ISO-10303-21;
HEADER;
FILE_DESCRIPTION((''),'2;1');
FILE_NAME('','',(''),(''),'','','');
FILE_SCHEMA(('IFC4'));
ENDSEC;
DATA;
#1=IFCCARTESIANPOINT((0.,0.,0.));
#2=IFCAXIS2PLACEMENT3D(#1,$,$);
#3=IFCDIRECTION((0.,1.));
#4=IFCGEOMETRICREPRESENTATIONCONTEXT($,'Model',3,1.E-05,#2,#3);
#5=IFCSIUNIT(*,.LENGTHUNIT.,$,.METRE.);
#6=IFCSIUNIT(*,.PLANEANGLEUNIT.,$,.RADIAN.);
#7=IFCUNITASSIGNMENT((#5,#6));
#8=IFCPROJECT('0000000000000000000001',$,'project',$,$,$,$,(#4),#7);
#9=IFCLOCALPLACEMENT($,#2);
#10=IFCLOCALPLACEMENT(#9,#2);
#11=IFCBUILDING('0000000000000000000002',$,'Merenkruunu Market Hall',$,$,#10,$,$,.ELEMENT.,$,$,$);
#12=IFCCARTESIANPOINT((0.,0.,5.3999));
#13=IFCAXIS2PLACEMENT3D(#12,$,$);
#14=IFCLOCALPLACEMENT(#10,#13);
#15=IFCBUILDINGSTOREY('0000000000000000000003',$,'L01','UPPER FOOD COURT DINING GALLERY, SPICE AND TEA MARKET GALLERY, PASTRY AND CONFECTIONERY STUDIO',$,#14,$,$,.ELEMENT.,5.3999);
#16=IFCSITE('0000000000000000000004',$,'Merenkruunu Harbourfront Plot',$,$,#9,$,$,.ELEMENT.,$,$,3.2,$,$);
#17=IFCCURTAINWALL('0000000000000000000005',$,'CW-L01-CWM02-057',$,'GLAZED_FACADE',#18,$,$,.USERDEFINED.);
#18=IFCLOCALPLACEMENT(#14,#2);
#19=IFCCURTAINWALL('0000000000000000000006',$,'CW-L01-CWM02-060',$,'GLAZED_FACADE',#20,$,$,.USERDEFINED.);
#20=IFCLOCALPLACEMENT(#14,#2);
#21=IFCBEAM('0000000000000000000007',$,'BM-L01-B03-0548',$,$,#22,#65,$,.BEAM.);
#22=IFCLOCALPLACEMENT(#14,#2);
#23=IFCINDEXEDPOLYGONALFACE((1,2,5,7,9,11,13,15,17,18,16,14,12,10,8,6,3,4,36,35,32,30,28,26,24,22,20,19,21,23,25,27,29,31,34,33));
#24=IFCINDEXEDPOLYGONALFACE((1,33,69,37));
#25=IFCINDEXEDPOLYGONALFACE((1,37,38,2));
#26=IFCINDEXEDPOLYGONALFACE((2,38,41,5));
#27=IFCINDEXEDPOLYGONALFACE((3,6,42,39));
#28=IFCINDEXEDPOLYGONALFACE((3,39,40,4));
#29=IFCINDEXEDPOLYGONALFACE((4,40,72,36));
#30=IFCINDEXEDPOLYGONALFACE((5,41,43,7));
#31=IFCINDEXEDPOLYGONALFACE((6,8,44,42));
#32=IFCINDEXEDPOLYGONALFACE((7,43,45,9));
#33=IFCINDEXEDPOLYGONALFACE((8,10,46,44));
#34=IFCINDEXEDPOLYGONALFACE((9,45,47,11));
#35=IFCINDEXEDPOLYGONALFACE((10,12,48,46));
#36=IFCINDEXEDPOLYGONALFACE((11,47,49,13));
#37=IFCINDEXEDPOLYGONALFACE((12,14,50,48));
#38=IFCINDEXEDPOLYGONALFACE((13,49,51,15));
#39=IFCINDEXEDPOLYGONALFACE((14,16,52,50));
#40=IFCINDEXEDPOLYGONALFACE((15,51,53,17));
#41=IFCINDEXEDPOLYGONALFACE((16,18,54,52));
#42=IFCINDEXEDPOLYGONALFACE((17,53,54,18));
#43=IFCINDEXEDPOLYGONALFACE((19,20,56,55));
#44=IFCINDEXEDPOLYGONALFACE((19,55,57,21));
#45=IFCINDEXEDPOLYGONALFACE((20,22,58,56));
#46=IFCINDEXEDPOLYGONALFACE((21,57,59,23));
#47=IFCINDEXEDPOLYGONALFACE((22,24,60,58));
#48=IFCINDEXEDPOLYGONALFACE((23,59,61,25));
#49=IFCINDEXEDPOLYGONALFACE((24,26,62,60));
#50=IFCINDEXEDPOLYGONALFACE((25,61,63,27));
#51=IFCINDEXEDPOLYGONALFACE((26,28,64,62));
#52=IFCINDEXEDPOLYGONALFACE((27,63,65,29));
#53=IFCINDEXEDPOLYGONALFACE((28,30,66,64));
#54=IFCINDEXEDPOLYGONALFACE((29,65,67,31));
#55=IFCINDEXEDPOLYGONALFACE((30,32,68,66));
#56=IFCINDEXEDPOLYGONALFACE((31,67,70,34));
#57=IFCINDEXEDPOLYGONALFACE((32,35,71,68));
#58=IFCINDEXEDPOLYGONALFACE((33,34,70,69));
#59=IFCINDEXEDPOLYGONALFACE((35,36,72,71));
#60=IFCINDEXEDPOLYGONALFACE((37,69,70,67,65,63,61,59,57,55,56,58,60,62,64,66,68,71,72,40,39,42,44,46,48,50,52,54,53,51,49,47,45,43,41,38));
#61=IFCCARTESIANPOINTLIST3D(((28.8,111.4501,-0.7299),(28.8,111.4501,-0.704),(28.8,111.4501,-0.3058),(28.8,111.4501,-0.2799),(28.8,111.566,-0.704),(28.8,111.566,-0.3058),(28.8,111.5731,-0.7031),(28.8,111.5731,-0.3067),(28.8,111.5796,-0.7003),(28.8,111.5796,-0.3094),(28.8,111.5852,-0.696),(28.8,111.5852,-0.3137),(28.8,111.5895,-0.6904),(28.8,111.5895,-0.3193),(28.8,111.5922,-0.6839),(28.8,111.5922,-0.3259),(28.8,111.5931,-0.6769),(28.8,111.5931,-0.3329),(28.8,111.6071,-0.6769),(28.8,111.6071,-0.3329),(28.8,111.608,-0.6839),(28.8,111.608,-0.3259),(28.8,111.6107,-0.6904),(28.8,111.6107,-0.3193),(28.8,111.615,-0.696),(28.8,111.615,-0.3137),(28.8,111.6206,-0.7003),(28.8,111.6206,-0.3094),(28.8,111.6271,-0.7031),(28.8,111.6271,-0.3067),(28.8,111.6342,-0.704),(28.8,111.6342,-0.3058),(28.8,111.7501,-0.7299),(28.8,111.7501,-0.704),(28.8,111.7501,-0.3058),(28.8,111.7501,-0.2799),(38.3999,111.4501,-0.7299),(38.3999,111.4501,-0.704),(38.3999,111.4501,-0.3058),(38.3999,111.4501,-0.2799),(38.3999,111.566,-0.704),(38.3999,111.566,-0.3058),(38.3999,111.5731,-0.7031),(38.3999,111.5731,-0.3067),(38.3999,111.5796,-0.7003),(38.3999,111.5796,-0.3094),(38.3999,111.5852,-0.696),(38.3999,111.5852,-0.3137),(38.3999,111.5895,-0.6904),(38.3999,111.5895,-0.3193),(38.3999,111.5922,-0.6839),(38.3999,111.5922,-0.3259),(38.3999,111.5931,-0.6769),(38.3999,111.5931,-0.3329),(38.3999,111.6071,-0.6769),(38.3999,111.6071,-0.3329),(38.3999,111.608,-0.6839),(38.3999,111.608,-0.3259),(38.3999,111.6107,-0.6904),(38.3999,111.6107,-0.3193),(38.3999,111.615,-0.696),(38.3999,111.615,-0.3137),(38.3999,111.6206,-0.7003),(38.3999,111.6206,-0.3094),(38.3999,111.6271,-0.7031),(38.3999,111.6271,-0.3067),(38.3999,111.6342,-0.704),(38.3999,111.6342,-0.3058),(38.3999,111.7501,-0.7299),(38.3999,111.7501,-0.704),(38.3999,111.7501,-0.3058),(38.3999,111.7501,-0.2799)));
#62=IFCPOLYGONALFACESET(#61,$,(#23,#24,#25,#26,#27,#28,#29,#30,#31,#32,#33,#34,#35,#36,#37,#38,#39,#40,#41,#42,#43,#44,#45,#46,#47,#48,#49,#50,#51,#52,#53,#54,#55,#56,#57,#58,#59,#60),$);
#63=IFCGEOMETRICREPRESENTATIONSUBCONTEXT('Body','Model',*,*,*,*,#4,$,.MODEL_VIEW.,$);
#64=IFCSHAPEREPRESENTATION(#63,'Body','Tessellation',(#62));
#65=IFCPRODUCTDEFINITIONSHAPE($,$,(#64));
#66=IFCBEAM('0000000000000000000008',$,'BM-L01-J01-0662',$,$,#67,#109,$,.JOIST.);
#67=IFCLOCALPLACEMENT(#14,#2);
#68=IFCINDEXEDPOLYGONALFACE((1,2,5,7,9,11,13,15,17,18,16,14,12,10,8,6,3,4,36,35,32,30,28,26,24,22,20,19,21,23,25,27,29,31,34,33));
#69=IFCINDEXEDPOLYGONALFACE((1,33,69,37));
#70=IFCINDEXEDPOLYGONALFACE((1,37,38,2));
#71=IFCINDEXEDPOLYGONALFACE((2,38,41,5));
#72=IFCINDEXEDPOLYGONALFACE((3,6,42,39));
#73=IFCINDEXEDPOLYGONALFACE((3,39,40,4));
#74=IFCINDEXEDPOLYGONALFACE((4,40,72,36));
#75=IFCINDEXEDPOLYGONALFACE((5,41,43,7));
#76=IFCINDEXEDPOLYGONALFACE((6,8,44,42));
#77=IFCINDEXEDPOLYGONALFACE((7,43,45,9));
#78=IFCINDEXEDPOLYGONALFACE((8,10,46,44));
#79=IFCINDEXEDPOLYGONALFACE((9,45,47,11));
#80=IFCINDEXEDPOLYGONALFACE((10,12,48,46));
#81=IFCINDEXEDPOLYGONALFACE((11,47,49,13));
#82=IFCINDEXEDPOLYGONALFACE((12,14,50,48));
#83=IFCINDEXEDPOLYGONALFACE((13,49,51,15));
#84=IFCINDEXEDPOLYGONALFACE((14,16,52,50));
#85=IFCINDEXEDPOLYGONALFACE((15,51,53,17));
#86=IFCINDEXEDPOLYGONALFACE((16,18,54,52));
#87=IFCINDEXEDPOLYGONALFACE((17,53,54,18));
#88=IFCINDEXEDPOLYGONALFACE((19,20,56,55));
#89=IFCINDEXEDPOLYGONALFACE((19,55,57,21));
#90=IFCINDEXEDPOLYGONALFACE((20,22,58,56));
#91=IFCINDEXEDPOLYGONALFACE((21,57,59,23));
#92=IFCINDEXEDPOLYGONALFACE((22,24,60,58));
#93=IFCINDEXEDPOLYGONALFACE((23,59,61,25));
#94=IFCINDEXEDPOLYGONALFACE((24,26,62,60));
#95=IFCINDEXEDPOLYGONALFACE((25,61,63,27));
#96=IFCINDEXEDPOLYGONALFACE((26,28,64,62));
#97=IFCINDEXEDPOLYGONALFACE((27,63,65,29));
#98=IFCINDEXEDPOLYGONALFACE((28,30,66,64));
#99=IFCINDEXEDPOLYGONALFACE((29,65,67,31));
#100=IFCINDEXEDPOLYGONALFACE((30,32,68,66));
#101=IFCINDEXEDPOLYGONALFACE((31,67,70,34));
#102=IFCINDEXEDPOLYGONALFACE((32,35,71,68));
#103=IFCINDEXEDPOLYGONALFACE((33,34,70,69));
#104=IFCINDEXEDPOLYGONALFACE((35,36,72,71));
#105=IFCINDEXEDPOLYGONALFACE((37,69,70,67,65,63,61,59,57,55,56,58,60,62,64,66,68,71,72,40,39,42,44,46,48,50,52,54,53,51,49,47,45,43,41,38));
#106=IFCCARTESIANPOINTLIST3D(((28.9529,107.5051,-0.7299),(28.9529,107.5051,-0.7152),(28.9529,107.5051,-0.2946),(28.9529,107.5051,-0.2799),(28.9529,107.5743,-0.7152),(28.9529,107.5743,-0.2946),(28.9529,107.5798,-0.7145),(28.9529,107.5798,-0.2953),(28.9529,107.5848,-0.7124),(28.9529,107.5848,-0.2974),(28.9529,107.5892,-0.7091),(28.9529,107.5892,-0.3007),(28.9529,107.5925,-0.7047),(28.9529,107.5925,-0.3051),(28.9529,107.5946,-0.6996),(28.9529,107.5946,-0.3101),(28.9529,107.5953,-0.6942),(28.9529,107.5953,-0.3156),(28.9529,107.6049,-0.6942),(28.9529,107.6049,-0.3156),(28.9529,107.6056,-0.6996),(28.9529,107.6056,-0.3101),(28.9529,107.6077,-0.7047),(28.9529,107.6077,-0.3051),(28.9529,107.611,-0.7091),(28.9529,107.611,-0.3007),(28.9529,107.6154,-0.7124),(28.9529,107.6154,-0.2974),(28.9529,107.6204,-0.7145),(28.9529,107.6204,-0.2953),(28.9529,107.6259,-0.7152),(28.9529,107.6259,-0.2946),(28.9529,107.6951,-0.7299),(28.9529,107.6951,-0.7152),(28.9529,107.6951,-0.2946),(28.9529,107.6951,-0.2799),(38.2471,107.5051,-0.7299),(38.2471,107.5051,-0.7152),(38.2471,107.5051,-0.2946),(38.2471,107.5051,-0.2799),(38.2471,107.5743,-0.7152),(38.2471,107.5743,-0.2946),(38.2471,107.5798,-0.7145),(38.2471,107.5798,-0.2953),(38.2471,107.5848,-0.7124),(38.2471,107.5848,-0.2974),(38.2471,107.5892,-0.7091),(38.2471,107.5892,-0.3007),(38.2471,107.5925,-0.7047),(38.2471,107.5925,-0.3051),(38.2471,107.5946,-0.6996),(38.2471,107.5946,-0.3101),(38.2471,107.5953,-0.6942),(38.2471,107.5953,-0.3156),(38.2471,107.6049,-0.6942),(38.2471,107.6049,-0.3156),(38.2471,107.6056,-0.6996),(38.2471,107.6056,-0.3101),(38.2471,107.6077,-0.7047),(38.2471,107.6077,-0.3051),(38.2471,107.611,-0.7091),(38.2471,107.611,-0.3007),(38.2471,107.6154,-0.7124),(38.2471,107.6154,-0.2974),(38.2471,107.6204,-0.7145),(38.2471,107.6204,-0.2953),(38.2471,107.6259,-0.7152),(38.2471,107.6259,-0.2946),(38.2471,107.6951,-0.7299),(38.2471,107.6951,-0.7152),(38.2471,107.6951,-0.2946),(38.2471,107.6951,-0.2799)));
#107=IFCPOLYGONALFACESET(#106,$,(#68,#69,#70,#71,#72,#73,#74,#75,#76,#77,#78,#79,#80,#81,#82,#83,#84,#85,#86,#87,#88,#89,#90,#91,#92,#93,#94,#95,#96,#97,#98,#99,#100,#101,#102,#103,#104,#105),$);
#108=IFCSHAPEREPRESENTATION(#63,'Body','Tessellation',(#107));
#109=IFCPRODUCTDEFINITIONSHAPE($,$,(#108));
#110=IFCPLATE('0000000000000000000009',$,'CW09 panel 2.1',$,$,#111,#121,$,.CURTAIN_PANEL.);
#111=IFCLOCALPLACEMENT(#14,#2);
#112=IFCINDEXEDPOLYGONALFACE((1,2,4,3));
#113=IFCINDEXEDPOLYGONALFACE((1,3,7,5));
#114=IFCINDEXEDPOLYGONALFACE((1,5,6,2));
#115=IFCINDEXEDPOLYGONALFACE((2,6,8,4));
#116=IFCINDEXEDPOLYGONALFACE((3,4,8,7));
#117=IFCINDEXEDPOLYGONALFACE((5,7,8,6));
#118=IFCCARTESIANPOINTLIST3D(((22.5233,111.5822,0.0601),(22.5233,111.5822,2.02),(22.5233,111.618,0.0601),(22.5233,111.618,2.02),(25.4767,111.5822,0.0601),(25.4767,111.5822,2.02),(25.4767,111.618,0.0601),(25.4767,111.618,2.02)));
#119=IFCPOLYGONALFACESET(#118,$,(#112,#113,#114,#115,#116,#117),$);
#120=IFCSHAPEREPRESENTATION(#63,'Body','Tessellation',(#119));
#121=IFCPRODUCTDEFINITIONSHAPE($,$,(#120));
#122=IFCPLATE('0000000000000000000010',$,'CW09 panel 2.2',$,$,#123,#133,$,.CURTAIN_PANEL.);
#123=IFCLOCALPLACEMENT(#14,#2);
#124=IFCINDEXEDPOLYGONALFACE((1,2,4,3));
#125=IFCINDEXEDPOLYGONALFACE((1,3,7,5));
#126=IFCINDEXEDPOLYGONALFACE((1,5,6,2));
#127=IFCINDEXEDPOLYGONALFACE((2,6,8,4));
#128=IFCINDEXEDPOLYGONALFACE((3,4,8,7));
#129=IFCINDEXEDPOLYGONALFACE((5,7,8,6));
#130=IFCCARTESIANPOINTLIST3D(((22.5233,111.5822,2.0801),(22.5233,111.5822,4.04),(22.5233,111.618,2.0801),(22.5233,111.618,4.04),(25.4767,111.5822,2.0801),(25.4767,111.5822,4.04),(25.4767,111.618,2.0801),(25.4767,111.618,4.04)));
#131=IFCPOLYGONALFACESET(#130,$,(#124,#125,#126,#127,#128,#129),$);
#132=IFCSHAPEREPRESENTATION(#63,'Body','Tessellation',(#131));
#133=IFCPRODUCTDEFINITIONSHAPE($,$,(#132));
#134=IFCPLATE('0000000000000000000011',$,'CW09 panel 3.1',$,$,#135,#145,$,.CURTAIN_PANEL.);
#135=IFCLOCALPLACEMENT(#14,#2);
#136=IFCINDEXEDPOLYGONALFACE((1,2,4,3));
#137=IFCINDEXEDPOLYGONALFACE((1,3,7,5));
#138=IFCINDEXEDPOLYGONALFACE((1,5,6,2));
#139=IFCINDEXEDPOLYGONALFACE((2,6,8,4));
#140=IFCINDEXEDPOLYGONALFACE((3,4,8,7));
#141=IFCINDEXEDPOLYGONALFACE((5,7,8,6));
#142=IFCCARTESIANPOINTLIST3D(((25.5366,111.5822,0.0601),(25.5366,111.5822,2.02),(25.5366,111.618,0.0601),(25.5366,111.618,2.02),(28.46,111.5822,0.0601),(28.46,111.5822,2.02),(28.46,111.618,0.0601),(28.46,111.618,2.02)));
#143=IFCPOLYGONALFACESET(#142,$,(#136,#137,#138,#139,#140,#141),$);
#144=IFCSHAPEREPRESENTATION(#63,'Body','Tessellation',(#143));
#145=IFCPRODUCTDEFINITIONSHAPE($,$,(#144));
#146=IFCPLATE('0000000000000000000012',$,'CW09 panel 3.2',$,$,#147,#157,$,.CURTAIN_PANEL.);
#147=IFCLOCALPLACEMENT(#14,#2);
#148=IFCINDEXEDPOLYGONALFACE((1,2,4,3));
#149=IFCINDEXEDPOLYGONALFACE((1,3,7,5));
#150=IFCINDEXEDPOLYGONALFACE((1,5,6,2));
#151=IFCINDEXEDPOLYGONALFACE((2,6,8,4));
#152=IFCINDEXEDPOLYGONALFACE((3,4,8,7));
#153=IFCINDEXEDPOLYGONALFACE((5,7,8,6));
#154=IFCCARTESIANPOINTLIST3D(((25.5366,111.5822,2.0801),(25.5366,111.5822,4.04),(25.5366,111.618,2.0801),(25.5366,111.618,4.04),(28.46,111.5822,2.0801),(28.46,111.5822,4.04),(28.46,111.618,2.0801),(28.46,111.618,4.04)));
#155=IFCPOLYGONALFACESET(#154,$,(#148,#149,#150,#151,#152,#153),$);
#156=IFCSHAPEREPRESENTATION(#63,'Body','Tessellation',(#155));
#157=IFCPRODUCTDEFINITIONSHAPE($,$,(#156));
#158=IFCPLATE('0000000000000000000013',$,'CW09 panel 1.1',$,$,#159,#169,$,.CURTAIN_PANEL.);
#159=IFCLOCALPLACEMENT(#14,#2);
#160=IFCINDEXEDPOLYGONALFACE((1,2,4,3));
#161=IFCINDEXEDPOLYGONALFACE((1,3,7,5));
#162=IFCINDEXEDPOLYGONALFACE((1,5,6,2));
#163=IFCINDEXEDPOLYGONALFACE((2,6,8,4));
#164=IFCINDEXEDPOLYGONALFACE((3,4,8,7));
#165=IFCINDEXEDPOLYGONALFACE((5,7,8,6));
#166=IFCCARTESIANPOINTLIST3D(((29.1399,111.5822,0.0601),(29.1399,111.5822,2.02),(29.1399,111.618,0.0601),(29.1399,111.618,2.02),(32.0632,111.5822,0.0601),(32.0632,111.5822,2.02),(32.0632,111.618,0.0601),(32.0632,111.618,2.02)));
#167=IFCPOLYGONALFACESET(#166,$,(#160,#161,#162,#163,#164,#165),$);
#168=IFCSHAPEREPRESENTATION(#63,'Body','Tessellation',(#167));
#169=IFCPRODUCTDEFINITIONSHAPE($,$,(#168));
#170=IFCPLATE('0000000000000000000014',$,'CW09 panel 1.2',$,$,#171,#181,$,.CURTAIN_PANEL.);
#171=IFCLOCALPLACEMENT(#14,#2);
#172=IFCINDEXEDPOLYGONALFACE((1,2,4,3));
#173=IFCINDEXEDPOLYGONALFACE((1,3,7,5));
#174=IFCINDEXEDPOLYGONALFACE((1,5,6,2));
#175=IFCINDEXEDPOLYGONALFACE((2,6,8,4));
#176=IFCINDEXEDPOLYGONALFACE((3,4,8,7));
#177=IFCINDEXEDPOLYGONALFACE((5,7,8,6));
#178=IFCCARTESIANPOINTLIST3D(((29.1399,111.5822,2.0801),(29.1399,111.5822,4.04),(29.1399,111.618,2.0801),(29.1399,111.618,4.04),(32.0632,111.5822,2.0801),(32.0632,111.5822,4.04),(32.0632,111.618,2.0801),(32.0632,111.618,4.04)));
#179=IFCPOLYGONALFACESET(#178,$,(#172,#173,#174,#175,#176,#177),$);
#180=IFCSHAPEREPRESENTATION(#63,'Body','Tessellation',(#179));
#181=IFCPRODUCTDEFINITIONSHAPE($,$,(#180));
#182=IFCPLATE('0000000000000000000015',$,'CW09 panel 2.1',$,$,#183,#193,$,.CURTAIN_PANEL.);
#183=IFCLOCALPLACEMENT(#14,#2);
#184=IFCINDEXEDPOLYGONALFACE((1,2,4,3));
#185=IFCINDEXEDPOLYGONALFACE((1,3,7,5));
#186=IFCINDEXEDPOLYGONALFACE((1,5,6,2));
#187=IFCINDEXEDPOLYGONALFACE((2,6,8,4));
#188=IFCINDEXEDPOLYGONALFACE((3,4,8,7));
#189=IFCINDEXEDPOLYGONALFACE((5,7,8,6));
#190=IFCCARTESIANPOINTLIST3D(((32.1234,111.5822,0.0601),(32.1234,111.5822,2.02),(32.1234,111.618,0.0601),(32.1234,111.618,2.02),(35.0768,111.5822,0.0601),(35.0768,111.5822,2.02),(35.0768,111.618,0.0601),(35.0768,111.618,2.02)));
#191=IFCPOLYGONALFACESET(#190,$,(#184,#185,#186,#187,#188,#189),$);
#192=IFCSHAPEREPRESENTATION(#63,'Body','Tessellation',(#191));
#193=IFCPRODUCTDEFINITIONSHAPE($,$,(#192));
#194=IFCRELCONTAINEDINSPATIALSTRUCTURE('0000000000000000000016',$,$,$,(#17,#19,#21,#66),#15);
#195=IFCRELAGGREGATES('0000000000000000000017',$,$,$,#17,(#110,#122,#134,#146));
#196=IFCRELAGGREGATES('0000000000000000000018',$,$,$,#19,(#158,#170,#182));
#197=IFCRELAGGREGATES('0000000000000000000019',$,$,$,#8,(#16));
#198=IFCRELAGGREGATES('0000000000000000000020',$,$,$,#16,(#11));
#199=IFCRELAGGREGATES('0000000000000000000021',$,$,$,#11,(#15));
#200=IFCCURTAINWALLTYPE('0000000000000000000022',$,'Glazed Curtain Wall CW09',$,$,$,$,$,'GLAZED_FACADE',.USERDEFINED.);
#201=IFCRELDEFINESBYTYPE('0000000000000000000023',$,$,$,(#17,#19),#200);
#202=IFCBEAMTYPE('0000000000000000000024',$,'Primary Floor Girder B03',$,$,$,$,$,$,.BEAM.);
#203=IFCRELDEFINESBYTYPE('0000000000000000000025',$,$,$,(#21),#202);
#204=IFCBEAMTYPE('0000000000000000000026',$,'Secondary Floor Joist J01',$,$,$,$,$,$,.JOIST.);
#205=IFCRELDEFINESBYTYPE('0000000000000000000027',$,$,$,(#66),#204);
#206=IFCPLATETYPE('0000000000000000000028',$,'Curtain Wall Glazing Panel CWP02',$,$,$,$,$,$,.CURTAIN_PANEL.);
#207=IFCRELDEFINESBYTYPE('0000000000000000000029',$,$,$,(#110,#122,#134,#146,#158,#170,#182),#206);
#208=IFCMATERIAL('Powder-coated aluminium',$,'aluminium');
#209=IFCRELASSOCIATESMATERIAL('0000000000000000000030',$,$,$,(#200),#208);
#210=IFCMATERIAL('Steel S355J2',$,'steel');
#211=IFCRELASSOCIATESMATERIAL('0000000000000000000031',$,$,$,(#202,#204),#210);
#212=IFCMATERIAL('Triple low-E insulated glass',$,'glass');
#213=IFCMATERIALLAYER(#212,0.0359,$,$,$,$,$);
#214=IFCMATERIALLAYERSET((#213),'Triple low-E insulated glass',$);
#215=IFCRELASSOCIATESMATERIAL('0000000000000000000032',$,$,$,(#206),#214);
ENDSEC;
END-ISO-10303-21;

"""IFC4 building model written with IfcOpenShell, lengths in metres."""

from ifc_helpers import new_model, si_unit, direction, frame, origin, origin_2d, place, context, subcontext, project, spatial, rectangle, i_section, extrude, material, layer, layer_set, material_profile, profile_set, type_object, element, aggregate, save


model = new_model("IFC4")

# Units and contexts
model_context = context("Model", 3, precision=1e-05, world=origin(), true_north=direction((0.0, 1.0)))
body_context = subcontext(model_context, "Body", "Model", "MODEL_VIEW")
ifc_project = project(units=[si_unit("LENGTHUNIT", "METRE"), si_unit("PLANEANGLEUNIT", "RADIAN")], contexts=[model_context])

# Site, building, storey
site_placement = place(None, origin())
site = spatial("IfcSite", under=ifc_project, at=site_placement, Name="Merenkruunu Harbourfront Plot", CompositionType="ELEMENT", RefElevation=3.2)
building_placement = place(site_placement, origin())
building = spatial("IfcBuilding", under=site, at=building_placement, Name="Merenkruunu Market Hall", CompositionType="ELEMENT")
storey_placement = place(building_placement, frame((0.0, 0.0, 5.3999)))
storey = spatial("IfcBuildingStorey", under=building, at=storey_placement, Name="L01", Description="UPPER FOOD COURT DINING GALLERY, SPICE AND TEA MARKET GALLERY, PASTRY AND CONFECTIONERY STUDIO", CompositionType="ELEMENT", Elevation=5.3999)

# Shared definitions
ifc_material_1 = material(Name="Steel S355J2", Category="steel")

# Curtain walls
ifc_material_2 = material(Name="Powder-coated aluminium", Category="aluminium")
curtain_wall_type = type_object("IfcCurtainWallType", Name="Glazed Curtain Wall CW09", ElementType="GLAZED_FACADE", PredefinedType="USERDEFINED", material=ifc_material_2)
curtain_wall_1_placement = place(storey_placement, origin())
curtain_wall_1 = element("IfcCurtainWall", 1, at=curtain_wall_1_placement, inside=storey, type_object=curtain_wall_type, Name="CW-L01-CWM02-057", ObjectType="GLAZED_FACADE", PredefinedType="USERDEFINED")
curtain_wall_2_placement = place(storey_placement, origin())
curtain_wall_2 = element("IfcCurtainWall", 2, at=curtain_wall_2_placement, inside=storey, type_object=curtain_wall_type, Name="CW-L01-CWM02-060", ObjectType="GLAZED_FACADE", PredefinedType="USERDEFINED")

# Beams
ifc_material_profile_1 = material_profile(ifc_material_1, i_section(OverallWidth=0.3, OverallDepth=0.45, WebThickness=0.0139, FlangeThickness=0.0259, FilletRadius=0.0271, at=origin_2d()), Name="HEB 450")
ifc_profile_set_1 = profile_set([ifc_material_profile_1], Name="Steel S355J2")
beam_type_1 = type_object("IfcBeamType", Name="Primary Floor Girder B03", PredefinedType="BEAM", material=ifc_profile_set_1)
beam_1_placement = place(storey_placement, frame((28.8, 111.6001, -0.5049), z_axis=(1.0, 0.0, 0.0), x_axis=(0.0, 1.0, 0.0)))
element("IfcBeam", 3, at=beam_1_placement, inside=storey, type_object=beam_type_1, Name="BM-L01-B03-0548", PredefinedType="BEAM", context=body_context, shape_type="SweptSolid", body=[
    extrude(i_section(OverallWidth=0.3, OverallDepth=0.45, WebThickness=0.0139, FlangeThickness=0.0259, FilletRadius=0.0271, at=origin_2d()), origin(), (0.0, 0.0, 1.0), 9.5999),
])
ifc_material_profile_2 = material_profile(ifc_material_1, i_section(OverallWidth=0.1899, OverallDepth=0.45, WebThickness=0.0095, FlangeThickness=0.0146, FilletRadius=0.021, at=origin_2d()), Name="IPE 450")
ifc_profile_set_2 = profile_set([ifc_material_profile_2], Name="Steel S355J2")
beam_type_2 = type_object("IfcBeamType", Name="Secondary Floor Joist J01", PredefinedType="JOIST", material=ifc_profile_set_2)
beam_2_placement = place(storey_placement, frame((28.9529, 107.6001, -0.5049), z_axis=(1.0, 0.0, 0.0), x_axis=(0.0, 1.0, 0.0)))
element("IfcBeam", 4, at=beam_2_placement, inside=storey, type_object=beam_type_2, Name="BM-L01-J01-0662", PredefinedType="JOIST", context=body_context, shape_type="SweptSolid", body=[
    extrude(i_section(OverallWidth=0.1899, OverallDepth=0.45, WebThickness=0.0095, FlangeThickness=0.0146, FilletRadius=0.021, at=origin_2d()), origin(), (0.0, 0.0, 1.0), 9.2942),
])

# Plates
ifc_material_3 = material(Name="Triple low-E insulated glass", Category="glass")
ifc_layer_1 = layer(ifc_material_3, 0.0359)
ifc_layer_set_1 = layer_set([ifc_layer_1], Name="Triple low-E insulated glass")
plate_type = type_object("IfcPlateType", Name="Curtain Wall Glazing Panel CWP02", PredefinedType="CURTAIN_PANEL", material=ifc_layer_set_1)
plate_1_placement = place(storey_placement, frame((24.0, 111.6001, 0.0601), z_axis=(0.0, 0.0, 1.0), x_axis=(1.0, 0.0, 0.0)))
plate_1 = element("IfcPlate", 5, at=plate_1_placement, type_object=plate_type, Name="CW09 panel 2.1", PredefinedType="CURTAIN_PANEL", context=body_context, shape_type="SweptSolid", body=[
    extrude(rectangle(XDim=2.9534, YDim=0.0359, at=origin_2d()), origin(), (0.0, 0.0, 1.0), 1.96),
])
plate_2_placement = place(storey_placement, frame((24.0, 111.6001, 2.0801), z_axis=(0.0, 0.0, 1.0), x_axis=(1.0, 0.0, 0.0)))
plate_2 = element("IfcPlate", 6, at=plate_2_placement, type_object=plate_type, Name="CW09 panel 2.2", PredefinedType="CURTAIN_PANEL", context=body_context, shape_type="SweptSolid", body=[
    extrude(rectangle(XDim=2.9534, YDim=0.0359, at=origin_2d()), origin(), (0.0, 0.0, 1.0), 1.96),
])
plate_3_placement = place(storey_placement, frame((26.9983, 111.6001, 0.0601), z_axis=(0.0, 0.0, 1.0), x_axis=(1.0, 0.0, 0.0)))
plate_3 = element("IfcPlate", 7, at=plate_3_placement, type_object=plate_type, Name="CW09 panel 3.1", PredefinedType="CURTAIN_PANEL", context=body_context, shape_type="SweptSolid", body=[
    extrude(rectangle(XDim=2.9233, YDim=0.0359, at=origin_2d()), origin(), (0.0, 0.0, 1.0), 1.96),
])
plate_4_placement = place(storey_placement, frame((26.9983, 111.6001, 2.0801), z_axis=(0.0, 0.0, 1.0), x_axis=(1.0, 0.0, 0.0)))
plate_4 = element("IfcPlate", 8, at=plate_4_placement, type_object=plate_type, Name="CW09 panel 3.2", PredefinedType="CURTAIN_PANEL", context=body_context, shape_type="SweptSolid", body=[
    extrude(rectangle(XDim=2.9233, YDim=0.0359, at=origin_2d()), origin(), (0.0, 0.0, 1.0), 1.96),
])
aggregate(curtain_wall_1, [plate_1, plate_2, plate_3, plate_4])
plate_5_placement = place(storey_placement, frame((30.6016, 111.6001, 0.0601), z_axis=(0.0, 0.0, 1.0), x_axis=(1.0, 0.0, 0.0)))
plate_5 = element("IfcPlate", 9, at=plate_5_placement, type_object=plate_type, Name="CW09 panel 1.1", PredefinedType="CURTAIN_PANEL", context=body_context, shape_type="SweptSolid", body=[
    extrude(rectangle(XDim=2.9233, YDim=0.0359, at=origin_2d()), origin(), (0.0, 0.0, 1.0), 1.96),
])
plate_6_placement = place(storey_placement, frame((30.6016, 111.6001, 2.0801), z_axis=(0.0, 0.0, 1.0), x_axis=(1.0, 0.0, 0.0)))
plate_6 = element("IfcPlate", 10, at=plate_6_placement, type_object=plate_type, Name="CW09 panel 1.2", PredefinedType="CURTAIN_PANEL", context=body_context, shape_type="SweptSolid", body=[
    extrude(rectangle(XDim=2.9233, YDim=0.0359, at=origin_2d()), origin(), (0.0, 0.0, 1.0), 1.96),
])
plate_7_placement = place(storey_placement, frame((33.6001, 111.6001, 0.0601), z_axis=(0.0, 0.0, 1.0), x_axis=(1.0, 0.0, 0.0)))
plate_7 = element("IfcPlate", 11, at=plate_7_placement, type_object=plate_type, Name="CW09 panel 2.1", PredefinedType="CURTAIN_PANEL", context=body_context, shape_type="SweptSolid", body=[
    extrude(rectangle(XDim=2.9534, YDim=0.0359, at=origin_2d()), origin(), (0.0, 0.0, 1.0), 1.96),
])
aggregate(curtain_wall_2, [plate_5, plate_6, plate_7])

save(model, "model.ifc")
